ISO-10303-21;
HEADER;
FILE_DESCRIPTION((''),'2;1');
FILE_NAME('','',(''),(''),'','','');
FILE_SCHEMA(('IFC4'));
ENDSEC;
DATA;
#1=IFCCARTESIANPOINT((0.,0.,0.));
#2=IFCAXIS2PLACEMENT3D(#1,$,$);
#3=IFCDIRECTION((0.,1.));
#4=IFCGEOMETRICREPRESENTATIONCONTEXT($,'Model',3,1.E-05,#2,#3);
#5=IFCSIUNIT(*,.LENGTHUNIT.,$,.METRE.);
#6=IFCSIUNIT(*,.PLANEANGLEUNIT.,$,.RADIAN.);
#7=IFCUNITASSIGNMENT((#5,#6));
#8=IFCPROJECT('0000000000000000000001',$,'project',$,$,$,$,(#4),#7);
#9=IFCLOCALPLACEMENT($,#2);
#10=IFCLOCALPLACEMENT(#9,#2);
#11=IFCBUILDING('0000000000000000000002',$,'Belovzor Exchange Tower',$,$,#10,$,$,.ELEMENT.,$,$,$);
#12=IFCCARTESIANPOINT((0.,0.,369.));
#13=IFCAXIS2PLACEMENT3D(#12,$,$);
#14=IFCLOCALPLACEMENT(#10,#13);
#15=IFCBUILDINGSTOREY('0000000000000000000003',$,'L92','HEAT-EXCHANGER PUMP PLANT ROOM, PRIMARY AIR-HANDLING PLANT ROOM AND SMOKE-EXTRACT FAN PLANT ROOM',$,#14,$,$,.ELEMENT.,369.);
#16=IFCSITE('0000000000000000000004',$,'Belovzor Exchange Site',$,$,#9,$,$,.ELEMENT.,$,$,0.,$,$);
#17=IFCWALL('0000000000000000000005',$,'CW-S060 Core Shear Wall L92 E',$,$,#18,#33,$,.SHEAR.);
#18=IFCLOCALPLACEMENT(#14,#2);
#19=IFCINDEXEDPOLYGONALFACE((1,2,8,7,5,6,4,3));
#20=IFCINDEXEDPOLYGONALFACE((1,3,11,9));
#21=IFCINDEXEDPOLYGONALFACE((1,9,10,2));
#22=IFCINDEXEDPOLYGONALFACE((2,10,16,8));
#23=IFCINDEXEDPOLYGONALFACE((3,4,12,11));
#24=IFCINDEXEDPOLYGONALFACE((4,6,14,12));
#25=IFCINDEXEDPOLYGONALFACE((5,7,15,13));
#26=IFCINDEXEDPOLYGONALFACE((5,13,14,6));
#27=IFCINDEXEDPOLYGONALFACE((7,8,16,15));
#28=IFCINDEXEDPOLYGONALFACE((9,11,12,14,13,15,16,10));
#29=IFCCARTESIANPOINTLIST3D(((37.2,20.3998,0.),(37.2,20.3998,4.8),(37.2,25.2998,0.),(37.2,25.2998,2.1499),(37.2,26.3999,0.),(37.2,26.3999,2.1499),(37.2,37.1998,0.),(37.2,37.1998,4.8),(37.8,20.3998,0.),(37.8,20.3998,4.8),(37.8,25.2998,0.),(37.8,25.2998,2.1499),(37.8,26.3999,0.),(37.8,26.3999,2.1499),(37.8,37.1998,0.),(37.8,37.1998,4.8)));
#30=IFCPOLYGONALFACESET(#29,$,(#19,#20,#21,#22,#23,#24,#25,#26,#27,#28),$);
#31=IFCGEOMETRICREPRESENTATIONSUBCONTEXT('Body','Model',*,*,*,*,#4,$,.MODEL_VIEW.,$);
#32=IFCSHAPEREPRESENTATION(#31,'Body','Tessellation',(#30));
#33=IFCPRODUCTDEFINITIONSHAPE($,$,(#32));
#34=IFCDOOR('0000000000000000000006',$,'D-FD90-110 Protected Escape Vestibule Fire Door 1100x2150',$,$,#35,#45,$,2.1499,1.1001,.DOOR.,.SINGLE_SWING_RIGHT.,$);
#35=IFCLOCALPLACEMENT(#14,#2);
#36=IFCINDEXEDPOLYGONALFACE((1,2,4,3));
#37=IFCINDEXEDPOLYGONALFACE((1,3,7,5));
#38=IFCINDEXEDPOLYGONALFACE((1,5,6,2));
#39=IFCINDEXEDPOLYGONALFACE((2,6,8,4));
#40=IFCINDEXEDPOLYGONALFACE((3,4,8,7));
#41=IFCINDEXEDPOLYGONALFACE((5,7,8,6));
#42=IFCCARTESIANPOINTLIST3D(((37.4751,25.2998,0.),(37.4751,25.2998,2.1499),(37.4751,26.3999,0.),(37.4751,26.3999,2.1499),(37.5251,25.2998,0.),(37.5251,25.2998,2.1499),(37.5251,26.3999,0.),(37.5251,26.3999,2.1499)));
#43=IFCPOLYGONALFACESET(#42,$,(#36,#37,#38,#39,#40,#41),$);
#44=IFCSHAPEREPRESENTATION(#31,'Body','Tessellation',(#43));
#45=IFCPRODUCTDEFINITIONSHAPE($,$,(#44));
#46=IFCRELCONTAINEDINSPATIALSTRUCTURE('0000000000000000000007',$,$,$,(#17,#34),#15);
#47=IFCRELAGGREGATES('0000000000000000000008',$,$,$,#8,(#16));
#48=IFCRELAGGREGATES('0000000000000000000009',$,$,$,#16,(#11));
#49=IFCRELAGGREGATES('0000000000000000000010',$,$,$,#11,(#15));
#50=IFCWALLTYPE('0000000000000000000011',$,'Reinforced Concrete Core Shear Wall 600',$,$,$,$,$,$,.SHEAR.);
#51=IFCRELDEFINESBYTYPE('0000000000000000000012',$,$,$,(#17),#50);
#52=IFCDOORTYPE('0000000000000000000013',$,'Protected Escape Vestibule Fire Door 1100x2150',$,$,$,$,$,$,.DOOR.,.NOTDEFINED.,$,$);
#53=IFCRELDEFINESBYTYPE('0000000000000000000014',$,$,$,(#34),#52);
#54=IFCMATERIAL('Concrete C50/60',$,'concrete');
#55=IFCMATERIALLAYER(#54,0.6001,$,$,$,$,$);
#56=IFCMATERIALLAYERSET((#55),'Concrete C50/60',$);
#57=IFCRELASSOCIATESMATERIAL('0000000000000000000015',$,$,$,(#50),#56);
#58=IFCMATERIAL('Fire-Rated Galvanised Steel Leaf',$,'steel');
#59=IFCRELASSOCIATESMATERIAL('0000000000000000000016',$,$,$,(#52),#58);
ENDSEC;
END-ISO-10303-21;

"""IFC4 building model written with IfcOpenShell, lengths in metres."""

from ifc_helpers import new_model, si_unit, direction, frame, frame_2d, origin, place, context, subcontext, project, spatial, rectangle, extrude, material, layer, layer_set, type_object, element, fill, save


model = new_model("IFC4")

# Units and contexts
model_context = context("Model", 3, precision=1e-05, world=origin(), true_north=direction((0.0, 1.0)))
body_context = subcontext(model_context, "Body", "Model", "MODEL_VIEW")
ifc_project = project(units=[si_unit("LENGTHUNIT", "METRE"), si_unit("PLANEANGLEUNIT", "RADIAN")], contexts=[model_context])

# Site, building, storey
site_placement = place(None, origin())
site = spatial("IfcSite", under=ifc_project, at=site_placement, Name="Belovzor Exchange Site", CompositionType="ELEMENT", RefElevation=0.0)
building_placement = place(site_placement, origin())
building = spatial("IfcBuilding", under=site, at=building_placement, Name="Belovzor Exchange Tower", CompositionType="ELEMENT")
storey_placement = place(building_placement, frame((0.0, 0.0, 369.0)))
storey = spatial("IfcBuildingStorey", under=building, at=storey_placement, Name="L92", Description="HEAT-EXCHANGER PUMP PLANT ROOM, PRIMARY AIR-HANDLING PLANT ROOM AND SMOKE-EXTRACT FAN PLANT ROOM", CompositionType="ELEMENT", Elevation=369.0)

# Wall, opening, door
ifc_material_1 = material(Name="Concrete C50/60", Category="concrete")
ifc_layer_1 = layer(ifc_material_1, 0.6001)
ifc_layer_set_1 = layer_set([ifc_layer_1], Name="Concrete C50/60")
wall_type_1 = type_object("IfcWallType", Name="Reinforced Concrete Core Shear Wall 600", PredefinedType="SHEAR", material=ifc_layer_set_1)
wall_1_placement = place(storey_placement, frame((37.5, 20.3999, 0.0), z_axis=(0.0, 0.0, 1.0), x_axis=(0.0, 1.0, 0.0)))
wall_1 = element("IfcWall", 1, at=wall_1_placement, inside=storey, type_object=wall_type_1, Name="CW-S060 Core Shear Wall L92 E", PredefinedType="SHEAR", context=body_context, shape_type="SweptSolid", body=[
    extrude(rectangle(XDim=16.8, YDim=0.6001, at=frame_2d((8.3999, 0.0))), origin(), (0.0, 0.0, 1.0), 4.8),
])
opening_1_placement = place(wall_1_placement, frame((4.8999, 0.0, 0.0)))
opening_1 = element("IfcOpeningElement", 2, at=opening_1_placement, cuts=wall_1, PredefinedType="OPENING", context=body_context, shape_type="SweptSolid", body=[
    extrude(rectangle(XDim=1.1001, YDim=2.1499, at=frame_2d((0.55, 1.075))), frame((0.0, 0.3101, 0.0), z_axis=(0.0, -1.0, 0.0), x_axis=(1.0, 0.0, 0.0)), (0.0, 0.0, 1.0), 0.6201),
])
ifc_material_2 = material(Name="Fire-Rated Galvanised Steel Leaf", Category="steel")
door_type_1 = type_object("IfcDoorType", Name="Protected Escape Vestibule Fire Door 1100x2150", OperationType="NOTDEFINED", PredefinedType="DOOR", material=ifc_material_2)
door_1_placement = place(opening_1_placement, origin())
door_1 = element("IfcDoor", 3, at=door_1_placement, inside=storey, type_object=door_type_1, Name="D-FD90-110 Protected Escape Vestibule Fire Door 1100x2150", OperationType="SINGLE_SWING_RIGHT", OverallHeight=2.1499, OverallWidth=1.1001, PredefinedType="DOOR", context=body_context, shape_type="SweptSolid", body=[
    extrude(rectangle(XDim=1.1001, YDim=2.1499, at=frame_2d((0.55, 1.075))), frame((0.0, 0.0249, 0.0), z_axis=(0.0, -1.0, 0.0), x_axis=(1.0, 0.0, 0.0)), (0.0, 0.0, 1.0), 0.05),
])
fill(opening_1, door_1)

save(model, "model.ifc")
